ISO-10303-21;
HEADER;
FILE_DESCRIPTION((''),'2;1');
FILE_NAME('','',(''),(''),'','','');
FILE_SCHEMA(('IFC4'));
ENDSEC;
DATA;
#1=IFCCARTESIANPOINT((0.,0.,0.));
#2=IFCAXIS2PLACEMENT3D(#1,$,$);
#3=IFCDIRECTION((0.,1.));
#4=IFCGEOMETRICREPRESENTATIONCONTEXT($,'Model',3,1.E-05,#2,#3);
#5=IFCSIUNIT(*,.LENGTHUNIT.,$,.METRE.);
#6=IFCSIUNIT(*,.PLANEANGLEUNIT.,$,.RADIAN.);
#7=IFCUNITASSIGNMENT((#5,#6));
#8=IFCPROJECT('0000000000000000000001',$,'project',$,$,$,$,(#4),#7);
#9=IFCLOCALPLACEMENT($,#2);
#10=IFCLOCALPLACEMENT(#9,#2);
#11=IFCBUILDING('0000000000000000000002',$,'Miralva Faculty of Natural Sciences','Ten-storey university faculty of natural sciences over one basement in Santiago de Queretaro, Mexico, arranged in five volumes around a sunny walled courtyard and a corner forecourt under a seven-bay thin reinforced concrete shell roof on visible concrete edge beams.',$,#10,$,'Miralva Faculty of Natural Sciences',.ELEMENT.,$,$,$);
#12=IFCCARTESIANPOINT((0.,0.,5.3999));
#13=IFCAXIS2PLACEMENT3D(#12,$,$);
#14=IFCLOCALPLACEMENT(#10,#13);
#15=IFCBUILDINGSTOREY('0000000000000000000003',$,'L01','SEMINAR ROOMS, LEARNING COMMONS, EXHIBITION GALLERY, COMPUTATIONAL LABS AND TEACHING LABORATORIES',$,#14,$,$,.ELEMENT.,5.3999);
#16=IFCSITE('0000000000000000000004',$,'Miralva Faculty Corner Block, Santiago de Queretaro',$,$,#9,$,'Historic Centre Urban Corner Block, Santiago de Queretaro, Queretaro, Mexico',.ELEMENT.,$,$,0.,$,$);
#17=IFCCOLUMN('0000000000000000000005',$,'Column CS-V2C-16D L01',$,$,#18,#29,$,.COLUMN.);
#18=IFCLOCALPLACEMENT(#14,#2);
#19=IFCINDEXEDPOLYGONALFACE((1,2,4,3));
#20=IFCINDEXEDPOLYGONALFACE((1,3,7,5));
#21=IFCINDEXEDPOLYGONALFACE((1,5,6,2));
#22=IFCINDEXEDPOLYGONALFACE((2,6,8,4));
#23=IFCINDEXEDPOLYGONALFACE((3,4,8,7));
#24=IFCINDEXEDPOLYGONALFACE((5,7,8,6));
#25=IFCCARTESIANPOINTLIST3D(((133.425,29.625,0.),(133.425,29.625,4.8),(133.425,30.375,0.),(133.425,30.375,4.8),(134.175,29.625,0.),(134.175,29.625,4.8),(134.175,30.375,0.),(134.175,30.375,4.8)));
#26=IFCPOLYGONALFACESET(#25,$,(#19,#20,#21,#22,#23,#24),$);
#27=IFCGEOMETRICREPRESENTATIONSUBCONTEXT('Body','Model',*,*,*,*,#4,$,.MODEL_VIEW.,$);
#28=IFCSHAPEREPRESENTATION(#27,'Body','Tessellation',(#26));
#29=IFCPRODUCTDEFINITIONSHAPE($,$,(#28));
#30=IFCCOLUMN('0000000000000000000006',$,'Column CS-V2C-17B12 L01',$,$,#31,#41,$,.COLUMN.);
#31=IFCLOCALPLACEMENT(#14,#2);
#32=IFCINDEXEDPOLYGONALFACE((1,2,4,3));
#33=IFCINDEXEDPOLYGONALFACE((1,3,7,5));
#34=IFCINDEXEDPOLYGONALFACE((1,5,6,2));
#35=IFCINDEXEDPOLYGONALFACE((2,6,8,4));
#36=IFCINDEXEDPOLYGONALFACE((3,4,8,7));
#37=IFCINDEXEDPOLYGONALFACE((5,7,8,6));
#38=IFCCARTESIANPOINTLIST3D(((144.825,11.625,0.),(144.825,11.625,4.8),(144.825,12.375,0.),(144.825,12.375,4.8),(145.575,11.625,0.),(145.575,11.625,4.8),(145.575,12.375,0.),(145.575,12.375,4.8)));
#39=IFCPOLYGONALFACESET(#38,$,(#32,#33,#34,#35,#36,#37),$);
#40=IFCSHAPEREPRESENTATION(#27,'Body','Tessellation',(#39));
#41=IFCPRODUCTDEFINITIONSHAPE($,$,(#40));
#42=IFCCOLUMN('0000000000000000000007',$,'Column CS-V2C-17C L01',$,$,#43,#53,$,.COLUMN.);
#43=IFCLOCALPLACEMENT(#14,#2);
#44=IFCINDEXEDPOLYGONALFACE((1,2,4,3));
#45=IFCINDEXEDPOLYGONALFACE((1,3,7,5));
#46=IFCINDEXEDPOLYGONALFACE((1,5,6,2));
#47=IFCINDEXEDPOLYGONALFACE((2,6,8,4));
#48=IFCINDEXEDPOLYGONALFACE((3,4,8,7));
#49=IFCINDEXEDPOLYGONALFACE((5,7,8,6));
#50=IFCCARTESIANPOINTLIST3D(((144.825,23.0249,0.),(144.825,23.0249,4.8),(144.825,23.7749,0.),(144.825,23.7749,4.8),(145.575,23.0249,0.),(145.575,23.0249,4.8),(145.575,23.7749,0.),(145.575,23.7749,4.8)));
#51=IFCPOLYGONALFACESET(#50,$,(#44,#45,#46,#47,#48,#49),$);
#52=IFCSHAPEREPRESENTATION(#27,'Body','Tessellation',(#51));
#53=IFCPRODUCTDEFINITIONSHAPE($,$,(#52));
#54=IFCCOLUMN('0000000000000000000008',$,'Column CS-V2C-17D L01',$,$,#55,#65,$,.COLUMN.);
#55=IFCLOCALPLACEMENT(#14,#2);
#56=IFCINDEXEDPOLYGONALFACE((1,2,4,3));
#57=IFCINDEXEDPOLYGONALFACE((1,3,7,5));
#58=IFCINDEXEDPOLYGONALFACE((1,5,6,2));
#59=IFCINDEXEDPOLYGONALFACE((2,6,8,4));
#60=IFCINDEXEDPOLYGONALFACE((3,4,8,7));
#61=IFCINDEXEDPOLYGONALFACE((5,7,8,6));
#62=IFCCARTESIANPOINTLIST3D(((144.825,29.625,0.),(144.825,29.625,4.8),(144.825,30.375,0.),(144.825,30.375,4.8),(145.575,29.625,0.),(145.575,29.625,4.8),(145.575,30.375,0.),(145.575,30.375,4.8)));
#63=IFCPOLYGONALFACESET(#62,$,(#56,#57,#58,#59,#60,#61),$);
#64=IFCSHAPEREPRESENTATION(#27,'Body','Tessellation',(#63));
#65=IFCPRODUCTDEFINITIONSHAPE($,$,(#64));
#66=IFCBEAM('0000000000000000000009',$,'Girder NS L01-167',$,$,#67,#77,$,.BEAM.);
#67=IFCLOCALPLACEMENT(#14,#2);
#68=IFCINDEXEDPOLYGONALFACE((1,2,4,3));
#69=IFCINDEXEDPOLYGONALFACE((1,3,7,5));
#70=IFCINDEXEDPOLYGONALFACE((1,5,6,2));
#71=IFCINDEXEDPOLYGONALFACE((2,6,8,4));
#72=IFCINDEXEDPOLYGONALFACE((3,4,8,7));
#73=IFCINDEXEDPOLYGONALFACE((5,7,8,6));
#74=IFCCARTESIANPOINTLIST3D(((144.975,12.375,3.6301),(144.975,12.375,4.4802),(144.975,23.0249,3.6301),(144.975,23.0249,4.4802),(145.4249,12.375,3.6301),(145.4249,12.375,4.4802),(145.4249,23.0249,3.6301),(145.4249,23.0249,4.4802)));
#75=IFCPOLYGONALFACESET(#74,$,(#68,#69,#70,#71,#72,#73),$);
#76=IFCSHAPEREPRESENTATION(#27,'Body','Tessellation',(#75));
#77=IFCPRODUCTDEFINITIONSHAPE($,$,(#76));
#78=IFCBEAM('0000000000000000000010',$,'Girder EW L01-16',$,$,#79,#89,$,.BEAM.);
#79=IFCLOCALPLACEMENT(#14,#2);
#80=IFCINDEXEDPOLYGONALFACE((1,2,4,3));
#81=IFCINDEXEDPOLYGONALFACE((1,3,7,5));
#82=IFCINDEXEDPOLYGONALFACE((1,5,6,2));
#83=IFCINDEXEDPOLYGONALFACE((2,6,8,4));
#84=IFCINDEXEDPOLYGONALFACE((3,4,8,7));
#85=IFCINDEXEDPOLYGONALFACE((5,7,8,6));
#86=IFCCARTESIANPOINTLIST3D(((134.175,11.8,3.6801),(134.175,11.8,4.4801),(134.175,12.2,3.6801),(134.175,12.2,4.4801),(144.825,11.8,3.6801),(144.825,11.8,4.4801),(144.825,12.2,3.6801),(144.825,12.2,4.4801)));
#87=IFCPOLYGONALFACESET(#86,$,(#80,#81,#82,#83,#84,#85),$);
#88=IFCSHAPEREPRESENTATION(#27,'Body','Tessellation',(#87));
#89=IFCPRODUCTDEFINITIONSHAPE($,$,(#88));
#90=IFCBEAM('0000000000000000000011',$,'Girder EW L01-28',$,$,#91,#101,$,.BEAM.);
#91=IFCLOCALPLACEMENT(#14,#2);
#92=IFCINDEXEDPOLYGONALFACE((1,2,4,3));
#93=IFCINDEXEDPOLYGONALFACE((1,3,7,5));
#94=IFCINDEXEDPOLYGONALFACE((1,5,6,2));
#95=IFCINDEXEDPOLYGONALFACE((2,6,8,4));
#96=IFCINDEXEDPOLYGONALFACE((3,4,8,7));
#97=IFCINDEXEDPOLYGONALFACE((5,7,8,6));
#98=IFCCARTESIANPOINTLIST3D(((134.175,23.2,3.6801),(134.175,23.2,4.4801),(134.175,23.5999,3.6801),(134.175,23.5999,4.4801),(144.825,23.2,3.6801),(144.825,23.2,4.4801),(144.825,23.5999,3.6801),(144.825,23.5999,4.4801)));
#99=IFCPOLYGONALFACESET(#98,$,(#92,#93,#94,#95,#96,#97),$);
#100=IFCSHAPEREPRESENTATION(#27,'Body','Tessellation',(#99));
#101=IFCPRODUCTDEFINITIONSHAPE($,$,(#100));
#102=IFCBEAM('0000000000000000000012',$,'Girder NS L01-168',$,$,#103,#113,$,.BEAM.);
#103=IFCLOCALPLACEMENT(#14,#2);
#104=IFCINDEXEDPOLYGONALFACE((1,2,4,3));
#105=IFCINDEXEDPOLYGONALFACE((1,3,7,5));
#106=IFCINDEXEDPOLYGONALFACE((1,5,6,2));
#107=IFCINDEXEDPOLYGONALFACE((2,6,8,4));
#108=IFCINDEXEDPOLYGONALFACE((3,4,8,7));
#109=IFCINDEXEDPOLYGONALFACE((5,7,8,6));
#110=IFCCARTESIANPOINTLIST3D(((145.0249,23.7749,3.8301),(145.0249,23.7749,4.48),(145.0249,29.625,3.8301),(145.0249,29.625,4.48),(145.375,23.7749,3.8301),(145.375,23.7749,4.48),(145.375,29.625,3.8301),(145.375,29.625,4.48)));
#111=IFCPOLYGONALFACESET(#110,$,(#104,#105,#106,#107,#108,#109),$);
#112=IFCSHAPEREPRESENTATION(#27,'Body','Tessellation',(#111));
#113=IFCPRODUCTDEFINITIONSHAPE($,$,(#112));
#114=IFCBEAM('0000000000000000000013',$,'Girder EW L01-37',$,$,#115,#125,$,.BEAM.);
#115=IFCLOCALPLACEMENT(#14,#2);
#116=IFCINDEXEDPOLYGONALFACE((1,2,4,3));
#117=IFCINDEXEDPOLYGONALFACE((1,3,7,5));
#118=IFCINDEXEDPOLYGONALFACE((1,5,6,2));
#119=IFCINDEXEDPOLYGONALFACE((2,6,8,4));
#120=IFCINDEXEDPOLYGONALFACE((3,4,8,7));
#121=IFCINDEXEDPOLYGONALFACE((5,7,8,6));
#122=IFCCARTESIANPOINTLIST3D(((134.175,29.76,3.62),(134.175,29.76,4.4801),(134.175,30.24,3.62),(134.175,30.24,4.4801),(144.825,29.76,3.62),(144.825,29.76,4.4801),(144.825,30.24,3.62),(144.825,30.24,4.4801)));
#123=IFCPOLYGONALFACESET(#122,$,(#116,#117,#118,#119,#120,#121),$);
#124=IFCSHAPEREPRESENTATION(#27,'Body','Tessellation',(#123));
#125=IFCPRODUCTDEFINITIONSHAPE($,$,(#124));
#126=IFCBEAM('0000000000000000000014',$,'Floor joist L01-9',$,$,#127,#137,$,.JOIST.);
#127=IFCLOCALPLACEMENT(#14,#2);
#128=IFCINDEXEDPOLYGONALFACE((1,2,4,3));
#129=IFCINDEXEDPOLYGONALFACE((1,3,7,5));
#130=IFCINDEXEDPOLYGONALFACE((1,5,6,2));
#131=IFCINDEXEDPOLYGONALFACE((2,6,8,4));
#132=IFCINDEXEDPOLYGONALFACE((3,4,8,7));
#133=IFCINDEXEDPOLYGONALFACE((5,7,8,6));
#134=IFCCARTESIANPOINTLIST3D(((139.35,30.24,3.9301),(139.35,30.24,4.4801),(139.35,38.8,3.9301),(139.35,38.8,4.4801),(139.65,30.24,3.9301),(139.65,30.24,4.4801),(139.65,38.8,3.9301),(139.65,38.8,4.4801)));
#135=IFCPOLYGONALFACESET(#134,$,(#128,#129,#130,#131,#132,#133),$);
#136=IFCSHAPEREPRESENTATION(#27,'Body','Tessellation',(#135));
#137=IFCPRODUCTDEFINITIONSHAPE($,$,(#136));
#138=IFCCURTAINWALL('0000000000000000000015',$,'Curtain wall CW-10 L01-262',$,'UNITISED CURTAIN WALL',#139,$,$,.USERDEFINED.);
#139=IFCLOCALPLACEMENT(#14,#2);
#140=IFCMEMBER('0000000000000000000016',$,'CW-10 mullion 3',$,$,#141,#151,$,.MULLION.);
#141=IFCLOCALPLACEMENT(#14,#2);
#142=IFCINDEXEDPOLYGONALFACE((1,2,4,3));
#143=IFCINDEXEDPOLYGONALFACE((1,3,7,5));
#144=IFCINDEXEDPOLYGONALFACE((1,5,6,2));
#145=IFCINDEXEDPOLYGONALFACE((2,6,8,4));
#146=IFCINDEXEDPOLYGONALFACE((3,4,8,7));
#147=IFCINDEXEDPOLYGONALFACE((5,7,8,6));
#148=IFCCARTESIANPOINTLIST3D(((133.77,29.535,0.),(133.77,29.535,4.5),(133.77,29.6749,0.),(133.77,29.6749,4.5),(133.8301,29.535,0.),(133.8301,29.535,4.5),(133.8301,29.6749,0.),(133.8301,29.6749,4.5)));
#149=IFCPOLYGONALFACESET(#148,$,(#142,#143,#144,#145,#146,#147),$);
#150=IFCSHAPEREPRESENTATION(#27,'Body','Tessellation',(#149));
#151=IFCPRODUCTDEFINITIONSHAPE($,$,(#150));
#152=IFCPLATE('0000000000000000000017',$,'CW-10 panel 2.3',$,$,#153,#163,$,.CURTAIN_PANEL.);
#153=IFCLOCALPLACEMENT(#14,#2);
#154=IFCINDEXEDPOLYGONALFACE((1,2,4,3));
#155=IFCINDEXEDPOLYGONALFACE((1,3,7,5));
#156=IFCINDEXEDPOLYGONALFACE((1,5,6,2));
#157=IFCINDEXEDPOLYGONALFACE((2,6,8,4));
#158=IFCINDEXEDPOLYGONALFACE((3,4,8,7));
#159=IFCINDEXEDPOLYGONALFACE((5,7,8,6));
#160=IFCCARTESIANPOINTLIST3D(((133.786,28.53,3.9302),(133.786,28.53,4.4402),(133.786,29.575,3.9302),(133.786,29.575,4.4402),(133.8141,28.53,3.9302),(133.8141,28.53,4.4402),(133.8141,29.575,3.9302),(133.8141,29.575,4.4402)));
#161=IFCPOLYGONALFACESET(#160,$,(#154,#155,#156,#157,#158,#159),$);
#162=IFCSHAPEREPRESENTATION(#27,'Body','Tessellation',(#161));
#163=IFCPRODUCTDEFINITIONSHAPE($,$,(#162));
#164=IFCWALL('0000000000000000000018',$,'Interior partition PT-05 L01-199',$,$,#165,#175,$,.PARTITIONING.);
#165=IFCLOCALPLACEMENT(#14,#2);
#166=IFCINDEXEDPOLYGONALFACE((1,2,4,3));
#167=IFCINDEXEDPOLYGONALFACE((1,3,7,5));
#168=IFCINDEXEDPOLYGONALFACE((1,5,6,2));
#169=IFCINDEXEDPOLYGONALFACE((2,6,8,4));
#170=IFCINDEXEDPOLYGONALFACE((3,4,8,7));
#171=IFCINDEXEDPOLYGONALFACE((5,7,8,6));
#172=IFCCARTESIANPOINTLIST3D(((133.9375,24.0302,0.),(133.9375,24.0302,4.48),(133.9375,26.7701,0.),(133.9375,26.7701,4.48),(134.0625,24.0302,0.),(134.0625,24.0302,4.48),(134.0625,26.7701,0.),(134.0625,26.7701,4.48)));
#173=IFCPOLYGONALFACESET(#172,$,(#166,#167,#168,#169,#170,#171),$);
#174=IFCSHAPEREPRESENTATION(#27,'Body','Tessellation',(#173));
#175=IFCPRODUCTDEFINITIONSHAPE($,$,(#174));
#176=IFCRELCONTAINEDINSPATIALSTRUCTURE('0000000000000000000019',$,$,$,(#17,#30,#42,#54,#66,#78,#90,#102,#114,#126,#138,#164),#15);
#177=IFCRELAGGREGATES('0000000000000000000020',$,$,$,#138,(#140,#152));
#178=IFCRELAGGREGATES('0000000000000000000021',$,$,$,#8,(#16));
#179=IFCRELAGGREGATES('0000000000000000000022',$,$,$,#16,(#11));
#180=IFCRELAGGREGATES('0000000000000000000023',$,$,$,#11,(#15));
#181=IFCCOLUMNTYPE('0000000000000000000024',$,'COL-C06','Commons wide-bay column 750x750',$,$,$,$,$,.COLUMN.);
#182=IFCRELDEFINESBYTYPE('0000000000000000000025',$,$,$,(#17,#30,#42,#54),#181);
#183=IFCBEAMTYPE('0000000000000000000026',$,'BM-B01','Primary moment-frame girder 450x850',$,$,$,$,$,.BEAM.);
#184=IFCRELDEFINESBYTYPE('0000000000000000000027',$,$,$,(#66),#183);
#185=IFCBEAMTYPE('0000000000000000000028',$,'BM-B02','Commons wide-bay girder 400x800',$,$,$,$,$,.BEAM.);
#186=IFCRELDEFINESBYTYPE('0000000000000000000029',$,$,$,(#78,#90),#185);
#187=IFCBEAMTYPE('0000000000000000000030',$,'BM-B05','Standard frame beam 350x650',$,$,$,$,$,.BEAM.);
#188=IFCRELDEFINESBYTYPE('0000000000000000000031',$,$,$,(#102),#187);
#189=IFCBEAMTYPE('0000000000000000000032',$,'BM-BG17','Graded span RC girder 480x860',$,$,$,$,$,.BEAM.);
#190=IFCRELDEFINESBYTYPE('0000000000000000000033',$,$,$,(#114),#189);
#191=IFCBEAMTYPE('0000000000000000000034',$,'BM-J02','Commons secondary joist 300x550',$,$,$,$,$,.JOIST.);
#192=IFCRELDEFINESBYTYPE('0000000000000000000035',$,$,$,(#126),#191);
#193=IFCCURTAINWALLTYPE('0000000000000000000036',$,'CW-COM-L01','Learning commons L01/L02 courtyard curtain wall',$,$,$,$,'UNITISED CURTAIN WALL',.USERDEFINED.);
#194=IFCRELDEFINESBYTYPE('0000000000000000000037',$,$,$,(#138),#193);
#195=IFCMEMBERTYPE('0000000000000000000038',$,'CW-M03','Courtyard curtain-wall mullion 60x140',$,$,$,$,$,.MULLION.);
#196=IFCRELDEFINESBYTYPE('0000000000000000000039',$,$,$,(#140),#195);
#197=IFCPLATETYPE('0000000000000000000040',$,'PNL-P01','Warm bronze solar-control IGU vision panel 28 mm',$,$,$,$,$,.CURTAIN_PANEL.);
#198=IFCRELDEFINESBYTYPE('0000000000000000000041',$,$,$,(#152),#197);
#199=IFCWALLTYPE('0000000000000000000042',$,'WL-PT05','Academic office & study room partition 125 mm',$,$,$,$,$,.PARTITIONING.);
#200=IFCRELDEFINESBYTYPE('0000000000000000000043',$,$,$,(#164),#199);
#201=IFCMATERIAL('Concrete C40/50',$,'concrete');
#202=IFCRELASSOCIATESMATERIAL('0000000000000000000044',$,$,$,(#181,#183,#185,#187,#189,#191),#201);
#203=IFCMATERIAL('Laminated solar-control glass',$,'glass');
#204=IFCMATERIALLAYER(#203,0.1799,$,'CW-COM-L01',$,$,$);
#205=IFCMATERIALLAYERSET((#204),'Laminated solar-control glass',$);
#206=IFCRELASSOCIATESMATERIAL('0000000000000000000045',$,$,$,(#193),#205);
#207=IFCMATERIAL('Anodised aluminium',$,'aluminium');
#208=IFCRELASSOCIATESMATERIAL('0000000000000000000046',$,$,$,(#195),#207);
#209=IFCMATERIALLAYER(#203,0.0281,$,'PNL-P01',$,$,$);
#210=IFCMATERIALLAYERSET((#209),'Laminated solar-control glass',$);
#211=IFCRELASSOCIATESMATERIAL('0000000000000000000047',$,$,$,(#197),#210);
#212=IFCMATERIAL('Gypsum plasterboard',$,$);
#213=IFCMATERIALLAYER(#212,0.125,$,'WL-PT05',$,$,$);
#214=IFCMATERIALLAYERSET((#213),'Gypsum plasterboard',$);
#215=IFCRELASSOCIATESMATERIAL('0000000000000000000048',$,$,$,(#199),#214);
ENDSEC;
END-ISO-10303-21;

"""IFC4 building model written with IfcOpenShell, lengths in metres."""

from ifc_helpers import new_model, si_unit, direction, frame, frame_2d, origin, origin_2d, place, context, subcontext, project, spatial, rectangle, extrude, material, layer, layer_set, material_profile, profile_set, type_object, element, aggregate, save


model = new_model("IFC4")

# Units and contexts
model_context = context("Model", 3, precision=1e-05, world=origin(), true_north=direction((0.0, 1.0)))
body_context = subcontext(model_context, "Body", "Model", "MODEL_VIEW")
ifc_project = project(units=[si_unit("LENGTHUNIT", "METRE"), si_unit("PLANEANGLEUNIT", "RADIAN")], contexts=[model_context])

# Site, building, storey
site_placement = place(None, origin())
site = spatial("IfcSite", under=ifc_project, at=site_placement, Name="Miralva Faculty Corner Block, Santiago de Queretaro", LongName="Historic Centre Urban Corner Block, Santiago de Queretaro, Queretaro, Mexico", CompositionType="ELEMENT", RefElevation=0.0)
building_placement = place(site_placement, origin())
building = spatial("IfcBuilding", under=site, at=building_placement, Name="Miralva Faculty of Natural Sciences", Description="Ten-storey university faculty of natural sciences over one basement in Santiago de Queretaro, Mexico, arranged in five volumes around a sunny walled courtyard and a corner forecourt under a seven-bay thin reinforced concrete shell roof on visible concrete edge beams.", LongName="Miralva Faculty of Natural Sciences", CompositionType="ELEMENT")
storey_placement = place(building_placement, frame((0.0, 0.0, 5.3999)))
storey = spatial("IfcBuildingStorey", under=building, at=storey_placement, Name="L01", Description="SEMINAR ROOMS, LEARNING COMMONS, EXHIBITION GALLERY, COMPUTATIONAL LABS AND TEACHING LABORATORIES", CompositionType="ELEMENT", Elevation=5.3999)

# Columns
ifc_material_1 = material(Name="Concrete C40/50", Category="concrete")
ifc_material_profile_1 = material_profile(ifc_material_1, rectangle(XDim=0.75, YDim=0.75, at=origin_2d()), Name="RC 750x750")
ifc_profile_set_1 = profile_set([ifc_material_profile_1], Name="Concrete C40/50")
column_type = type_object("IfcColumnType", Name="COL-C06", Description="Commons wide-bay column 750x750", PredefinedType="COLUMN", material=ifc_profile_set_1)
for number, where, z_axis, x_axis, name in (
    (1, (133.8, 30.0, 0.0), (0.0, 0.0, 1.0), (1.0, 0.0, 0.0), "Column CS-V2C-16D L01"),
    (2, (145.2, 12.0, 0.0), (0.0, 0.0, 1.0), (1.0, 0.0, 0.0), "Column CS-V2C-17B12 L01"),
    (3, (145.2, 23.3999, 0.0), (0.0, 0.0, 1.0), (1.0, 0.0, 0.0), "Column CS-V2C-17C L01"),
    (4, (145.2, 30.0, 0.0), (0.0, 0.0, 1.0), (1.0, 0.0, 0.0), "Column CS-V2C-17D L01"),
):
    element("IfcColumn", number, at=place(storey_placement, frame(where, z_axis=z_axis, x_axis=x_axis)), inside=storey, type_object=column_type, Name=name, PredefinedType="COLUMN", context=body_context, shape_type="SweptSolid", body=[
        extrude(rectangle(XDim=0.75, YDim=0.75, at=origin_2d()), origin(), (0.0, 0.0, 1.0), 4.8),
    ])

# Beams
ifc_material_profile_2 = material_profile(ifc_material_1, rectangle(XDim=0.45, YDim=0.8501, at=origin_2d()), Name="RC 450x850")
ifc_profile_set_2 = profile_set([ifc_material_profile_2], Name="Concrete C40/50")
beam_type_1 = type_object("IfcBeamType", Name="BM-B01", Description="Primary moment-frame girder 450x850", PredefinedType="BEAM", material=ifc_profile_set_2)
beam_1_placement = place(storey_placement, frame((145.2, 12.375, 4.0552), z_axis=(0.0, 1.0, 0.0), x_axis=(-1.0, 0.0, 0.0)))
element("IfcBeam", 5, at=beam_1_placement, inside=storey, type_object=beam_type_1, Name="Girder NS L01-167", PredefinedType="BEAM", context=body_context, shape_type="SweptSolid", body=[
    extrude(rectangle(XDim=0.45, YDim=0.8501, at=origin_2d()), origin(), (0.0, 0.0, 1.0), 10.6499),
])
ifc_material_profile_3 = material_profile(ifc_material_1, rectangle(XDim=0.3999, YDim=0.8, at=origin_2d()), Name="RC 400x800")
ifc_profile_set_3 = profile_set([ifc_material_profile_3], Name="Concrete C40/50")
beam_type_2 = type_object("IfcBeamType", Name="BM-B02", Description="Commons wide-bay girder 400x800", PredefinedType="BEAM", material=ifc_profile_set_3)
for number, where, z_axis, x_axis, name in (
    (6, (134.175, 12.0, 4.0801), (1.0, 0.0, 0.0), (0.0, 1.0, 0.0), "Girder EW L01-16"),
    (7, (134.175, 23.3999, 4.0801), (1.0, 0.0, 0.0), (0.0, 1.0, 0.0), "Girder EW L01-28"),
):
    element("IfcBeam", number, at=place(storey_placement, frame(where, z_axis=z_axis, x_axis=x_axis)), inside=storey, type_object=beam_type_2, Name=name, PredefinedType="BEAM", context=body_context, shape_type="SweptSolid", body=[
        extrude(rectangle(XDim=0.3999, YDim=0.8, at=origin_2d()), origin(), (0.0, 0.0, 1.0), 10.6499),
    ])
ifc_material_profile_4 = material_profile(ifc_material_1, rectangle(XDim=0.3501, YDim=0.6499, at=origin_2d()), Name="RC 350x650")
ifc_profile_set_4 = profile_set([ifc_material_profile_4], Name="Concrete C40/50")
beam_type_3 = type_object("IfcBeamType", Name="BM-B05", Description="Standard frame beam 350x650", PredefinedType="BEAM", material=ifc_profile_set_4)
beam_2_placement = place(storey_placement, frame((145.2, 23.7749, 4.155), z_axis=(0.0, 1.0, 0.0), x_axis=(-1.0, 0.0, 0.0)))
element("IfcBeam", 8, at=beam_2_placement, inside=storey, type_object=beam_type_3, Name="Girder NS L01-168", PredefinedType="BEAM", context=body_context, shape_type="SweptSolid", body=[
    extrude(rectangle(XDim=0.3501, YDim=0.6499, at=origin_2d()), origin(), (0.0, 0.0, 1.0), 5.8501),
])
ifc_material_profile_5 = material_profile(ifc_material_1, rectangle(XDim=0.48, YDim=0.8601, at=origin_2d()), Name="RC 480x860")
ifc_profile_set_5 = profile_set([ifc_material_profile_5], Name="Concrete C40/50")
beam_type_4 = type_object("IfcBeamType", Name="BM-BG17", Description="Graded span RC girder 480x860", PredefinedType="BEAM", material=ifc_profile_set_5)
beam_3_placement = place(storey_placement, frame((134.175, 30.0, 4.05), z_axis=(1.0, 0.0, 0.0), x_axis=(0.0, 1.0, 0.0)))
element("IfcBeam", 9, at=beam_3_placement, inside=storey, type_object=beam_type_4, Name="Girder EW L01-37", PredefinedType="BEAM", context=body_context, shape_type="SweptSolid", body=[
    extrude(rectangle(XDim=0.48, YDim=0.8601, at=origin_2d()), origin(), (0.0, 0.0, 1.0), 10.6499),
])
ifc_material_profile_6 = material_profile(ifc_material_1, rectangle(XDim=0.3, YDim=0.55, at=origin_2d()), Name="RC 300x550")
ifc_profile_set_6 = profile_set([ifc_material_profile_6], Name="Concrete C40/50")
beam_type_5 = type_object("IfcBeamType", Name="BM-J02", Description="Commons secondary joist 300x550", PredefinedType="JOIST", material=ifc_profile_set_6)
beam_4_placement = place(storey_placement, frame((139.5, 30.24, 4.2051), z_axis=(0.0, 1.0, 0.0), x_axis=(-1.0, 0.0, 0.0)))
element("IfcBeam", 10, at=beam_4_placement, inside=storey, type_object=beam_type_5, Name="Floor joist L01-9", PredefinedType="JOIST", context=body_context, shape_type="SweptSolid", body=[
    extrude(rectangle(XDim=0.3, YDim=0.55, at=origin_2d()), origin(), (0.0, 0.0, 1.0), 8.5601),
])

# Curtain wall, member, plate
ifc_material_2 = material(Name="Laminated solar-control glass", Category="glass")
ifc_layer_1 = layer(ifc_material_2, 0.1799, Name="CW-COM-L01")
ifc_layer_set_1 = layer_set([ifc_layer_1], Name="Laminated solar-control glass")
curtain_wall_type = type_object("IfcCurtainWallType", Name="CW-COM-L01", Description="Learning commons L01/L02 courtyard curtain wall", ElementType="UNITISED CURTAIN WALL", PredefinedType="USERDEFINED", material=ifc_layer_set_1)
curtain_wall_placement = place(storey_placement, origin())
curtain_wall = element("IfcCurtainWall", 11, at=curtain_wall_placement, inside=storey, type_object=curtain_wall_type, Name="Curtain wall CW-10 L01-262", ObjectType="UNITISED CURTAIN WALL", PredefinedType="USERDEFINED")
ifc_material_3 = material(Name="Anodised aluminium", Category="aluminium")
ifc_material_profile_7 = material_profile(ifc_material_3, rectangle(XDim=0.0601, YDim=0.1399, at=origin_2d()), Name="MULLION 60x140")
ifc_profile_set_7 = profile_set([ifc_material_profile_7], Name="Anodised aluminium")
member_type = type_object("IfcMemberType", Name="CW-M03", Description="Courtyard curtain-wall mullion 60x140", PredefinedType="MULLION", material=ifc_profile_set_7)
member_placement = place(storey_placement, frame((133.8, 29.605, 0.0), z_axis=(0.0, 0.0, 1.0), x_axis=(-1.0, 0.0, 0.0)))
member = element("IfcMember", 12, at=member_placement, type_object=member_type, Name="CW-10 mullion 3", PredefinedType="MULLION", context=body_context, shape_type="SweptSolid", body=[
    extrude(rectangle(XDim=0.0601, YDim=0.1399, at=origin_2d()), origin(), (0.0, 0.0, 1.0), 4.5),
])
ifc_layer_2 = layer(ifc_material_2, 0.0281, Name="PNL-P01")
ifc_layer_set_2 = layer_set([ifc_layer_2], Name="Laminated solar-control glass")
plate_type = type_object("IfcPlateType", Name="PNL-P01", Description="Warm bronze solar-control IGU vision panel 28 mm", PredefinedType="CURTAIN_PANEL", material=ifc_layer_set_2)
plate_placement = place(storey_placement, frame((133.8, 29.0525, 3.9302), z_axis=(0.0, 0.0, 1.0), x_axis=(0.0, 1.0, 0.0)))
plate = element("IfcPlate", 13, at=plate_placement, type_object=plate_type, Name="CW-10 panel 2.3", PredefinedType="CURTAIN_PANEL", context=body_context, shape_type="SweptSolid", body=[
    extrude(rectangle(XDim=1.0449, YDim=0.0281, at=origin_2d()), origin(), (0.0, 0.0, 1.0), 0.51),
])
aggregate(curtain_wall, [member, plate])

# Wall
ifc_material_4 = material(Name="Gypsum plasterboard")
ifc_layer_3 = layer(ifc_material_4, 0.125, Name="WL-PT05")
ifc_layer_set_3 = layer_set([ifc_layer_3], Name="Gypsum plasterboard")
wall_type_1 = type_object("IfcWallType", Name="WL-PT05", Description="Academic office & study room partition 125 mm", PredefinedType="PARTITIONING", material=ifc_layer_set_3)
wall_1_placement = place(storey_placement, frame((134.0, 24.03, 0.0), z_axis=(0.0, 0.0, 1.0), x_axis=(0.0, 1.0, 0.0)))
element("IfcWall", 14, at=wall_1_placement, inside=storey, type_object=wall_type_1, Name="Interior partition PT-05 L01-199", PredefinedType="PARTITIONING", context=body_context, shape_type="SweptSolid", body=[
    extrude(rectangle(XDim=2.74, YDim=0.125, at=frame_2d((1.3701, 0.0))), origin(), (0.0, 0.0, 1.0), 4.48),
])

save(model, "model.ifc")
